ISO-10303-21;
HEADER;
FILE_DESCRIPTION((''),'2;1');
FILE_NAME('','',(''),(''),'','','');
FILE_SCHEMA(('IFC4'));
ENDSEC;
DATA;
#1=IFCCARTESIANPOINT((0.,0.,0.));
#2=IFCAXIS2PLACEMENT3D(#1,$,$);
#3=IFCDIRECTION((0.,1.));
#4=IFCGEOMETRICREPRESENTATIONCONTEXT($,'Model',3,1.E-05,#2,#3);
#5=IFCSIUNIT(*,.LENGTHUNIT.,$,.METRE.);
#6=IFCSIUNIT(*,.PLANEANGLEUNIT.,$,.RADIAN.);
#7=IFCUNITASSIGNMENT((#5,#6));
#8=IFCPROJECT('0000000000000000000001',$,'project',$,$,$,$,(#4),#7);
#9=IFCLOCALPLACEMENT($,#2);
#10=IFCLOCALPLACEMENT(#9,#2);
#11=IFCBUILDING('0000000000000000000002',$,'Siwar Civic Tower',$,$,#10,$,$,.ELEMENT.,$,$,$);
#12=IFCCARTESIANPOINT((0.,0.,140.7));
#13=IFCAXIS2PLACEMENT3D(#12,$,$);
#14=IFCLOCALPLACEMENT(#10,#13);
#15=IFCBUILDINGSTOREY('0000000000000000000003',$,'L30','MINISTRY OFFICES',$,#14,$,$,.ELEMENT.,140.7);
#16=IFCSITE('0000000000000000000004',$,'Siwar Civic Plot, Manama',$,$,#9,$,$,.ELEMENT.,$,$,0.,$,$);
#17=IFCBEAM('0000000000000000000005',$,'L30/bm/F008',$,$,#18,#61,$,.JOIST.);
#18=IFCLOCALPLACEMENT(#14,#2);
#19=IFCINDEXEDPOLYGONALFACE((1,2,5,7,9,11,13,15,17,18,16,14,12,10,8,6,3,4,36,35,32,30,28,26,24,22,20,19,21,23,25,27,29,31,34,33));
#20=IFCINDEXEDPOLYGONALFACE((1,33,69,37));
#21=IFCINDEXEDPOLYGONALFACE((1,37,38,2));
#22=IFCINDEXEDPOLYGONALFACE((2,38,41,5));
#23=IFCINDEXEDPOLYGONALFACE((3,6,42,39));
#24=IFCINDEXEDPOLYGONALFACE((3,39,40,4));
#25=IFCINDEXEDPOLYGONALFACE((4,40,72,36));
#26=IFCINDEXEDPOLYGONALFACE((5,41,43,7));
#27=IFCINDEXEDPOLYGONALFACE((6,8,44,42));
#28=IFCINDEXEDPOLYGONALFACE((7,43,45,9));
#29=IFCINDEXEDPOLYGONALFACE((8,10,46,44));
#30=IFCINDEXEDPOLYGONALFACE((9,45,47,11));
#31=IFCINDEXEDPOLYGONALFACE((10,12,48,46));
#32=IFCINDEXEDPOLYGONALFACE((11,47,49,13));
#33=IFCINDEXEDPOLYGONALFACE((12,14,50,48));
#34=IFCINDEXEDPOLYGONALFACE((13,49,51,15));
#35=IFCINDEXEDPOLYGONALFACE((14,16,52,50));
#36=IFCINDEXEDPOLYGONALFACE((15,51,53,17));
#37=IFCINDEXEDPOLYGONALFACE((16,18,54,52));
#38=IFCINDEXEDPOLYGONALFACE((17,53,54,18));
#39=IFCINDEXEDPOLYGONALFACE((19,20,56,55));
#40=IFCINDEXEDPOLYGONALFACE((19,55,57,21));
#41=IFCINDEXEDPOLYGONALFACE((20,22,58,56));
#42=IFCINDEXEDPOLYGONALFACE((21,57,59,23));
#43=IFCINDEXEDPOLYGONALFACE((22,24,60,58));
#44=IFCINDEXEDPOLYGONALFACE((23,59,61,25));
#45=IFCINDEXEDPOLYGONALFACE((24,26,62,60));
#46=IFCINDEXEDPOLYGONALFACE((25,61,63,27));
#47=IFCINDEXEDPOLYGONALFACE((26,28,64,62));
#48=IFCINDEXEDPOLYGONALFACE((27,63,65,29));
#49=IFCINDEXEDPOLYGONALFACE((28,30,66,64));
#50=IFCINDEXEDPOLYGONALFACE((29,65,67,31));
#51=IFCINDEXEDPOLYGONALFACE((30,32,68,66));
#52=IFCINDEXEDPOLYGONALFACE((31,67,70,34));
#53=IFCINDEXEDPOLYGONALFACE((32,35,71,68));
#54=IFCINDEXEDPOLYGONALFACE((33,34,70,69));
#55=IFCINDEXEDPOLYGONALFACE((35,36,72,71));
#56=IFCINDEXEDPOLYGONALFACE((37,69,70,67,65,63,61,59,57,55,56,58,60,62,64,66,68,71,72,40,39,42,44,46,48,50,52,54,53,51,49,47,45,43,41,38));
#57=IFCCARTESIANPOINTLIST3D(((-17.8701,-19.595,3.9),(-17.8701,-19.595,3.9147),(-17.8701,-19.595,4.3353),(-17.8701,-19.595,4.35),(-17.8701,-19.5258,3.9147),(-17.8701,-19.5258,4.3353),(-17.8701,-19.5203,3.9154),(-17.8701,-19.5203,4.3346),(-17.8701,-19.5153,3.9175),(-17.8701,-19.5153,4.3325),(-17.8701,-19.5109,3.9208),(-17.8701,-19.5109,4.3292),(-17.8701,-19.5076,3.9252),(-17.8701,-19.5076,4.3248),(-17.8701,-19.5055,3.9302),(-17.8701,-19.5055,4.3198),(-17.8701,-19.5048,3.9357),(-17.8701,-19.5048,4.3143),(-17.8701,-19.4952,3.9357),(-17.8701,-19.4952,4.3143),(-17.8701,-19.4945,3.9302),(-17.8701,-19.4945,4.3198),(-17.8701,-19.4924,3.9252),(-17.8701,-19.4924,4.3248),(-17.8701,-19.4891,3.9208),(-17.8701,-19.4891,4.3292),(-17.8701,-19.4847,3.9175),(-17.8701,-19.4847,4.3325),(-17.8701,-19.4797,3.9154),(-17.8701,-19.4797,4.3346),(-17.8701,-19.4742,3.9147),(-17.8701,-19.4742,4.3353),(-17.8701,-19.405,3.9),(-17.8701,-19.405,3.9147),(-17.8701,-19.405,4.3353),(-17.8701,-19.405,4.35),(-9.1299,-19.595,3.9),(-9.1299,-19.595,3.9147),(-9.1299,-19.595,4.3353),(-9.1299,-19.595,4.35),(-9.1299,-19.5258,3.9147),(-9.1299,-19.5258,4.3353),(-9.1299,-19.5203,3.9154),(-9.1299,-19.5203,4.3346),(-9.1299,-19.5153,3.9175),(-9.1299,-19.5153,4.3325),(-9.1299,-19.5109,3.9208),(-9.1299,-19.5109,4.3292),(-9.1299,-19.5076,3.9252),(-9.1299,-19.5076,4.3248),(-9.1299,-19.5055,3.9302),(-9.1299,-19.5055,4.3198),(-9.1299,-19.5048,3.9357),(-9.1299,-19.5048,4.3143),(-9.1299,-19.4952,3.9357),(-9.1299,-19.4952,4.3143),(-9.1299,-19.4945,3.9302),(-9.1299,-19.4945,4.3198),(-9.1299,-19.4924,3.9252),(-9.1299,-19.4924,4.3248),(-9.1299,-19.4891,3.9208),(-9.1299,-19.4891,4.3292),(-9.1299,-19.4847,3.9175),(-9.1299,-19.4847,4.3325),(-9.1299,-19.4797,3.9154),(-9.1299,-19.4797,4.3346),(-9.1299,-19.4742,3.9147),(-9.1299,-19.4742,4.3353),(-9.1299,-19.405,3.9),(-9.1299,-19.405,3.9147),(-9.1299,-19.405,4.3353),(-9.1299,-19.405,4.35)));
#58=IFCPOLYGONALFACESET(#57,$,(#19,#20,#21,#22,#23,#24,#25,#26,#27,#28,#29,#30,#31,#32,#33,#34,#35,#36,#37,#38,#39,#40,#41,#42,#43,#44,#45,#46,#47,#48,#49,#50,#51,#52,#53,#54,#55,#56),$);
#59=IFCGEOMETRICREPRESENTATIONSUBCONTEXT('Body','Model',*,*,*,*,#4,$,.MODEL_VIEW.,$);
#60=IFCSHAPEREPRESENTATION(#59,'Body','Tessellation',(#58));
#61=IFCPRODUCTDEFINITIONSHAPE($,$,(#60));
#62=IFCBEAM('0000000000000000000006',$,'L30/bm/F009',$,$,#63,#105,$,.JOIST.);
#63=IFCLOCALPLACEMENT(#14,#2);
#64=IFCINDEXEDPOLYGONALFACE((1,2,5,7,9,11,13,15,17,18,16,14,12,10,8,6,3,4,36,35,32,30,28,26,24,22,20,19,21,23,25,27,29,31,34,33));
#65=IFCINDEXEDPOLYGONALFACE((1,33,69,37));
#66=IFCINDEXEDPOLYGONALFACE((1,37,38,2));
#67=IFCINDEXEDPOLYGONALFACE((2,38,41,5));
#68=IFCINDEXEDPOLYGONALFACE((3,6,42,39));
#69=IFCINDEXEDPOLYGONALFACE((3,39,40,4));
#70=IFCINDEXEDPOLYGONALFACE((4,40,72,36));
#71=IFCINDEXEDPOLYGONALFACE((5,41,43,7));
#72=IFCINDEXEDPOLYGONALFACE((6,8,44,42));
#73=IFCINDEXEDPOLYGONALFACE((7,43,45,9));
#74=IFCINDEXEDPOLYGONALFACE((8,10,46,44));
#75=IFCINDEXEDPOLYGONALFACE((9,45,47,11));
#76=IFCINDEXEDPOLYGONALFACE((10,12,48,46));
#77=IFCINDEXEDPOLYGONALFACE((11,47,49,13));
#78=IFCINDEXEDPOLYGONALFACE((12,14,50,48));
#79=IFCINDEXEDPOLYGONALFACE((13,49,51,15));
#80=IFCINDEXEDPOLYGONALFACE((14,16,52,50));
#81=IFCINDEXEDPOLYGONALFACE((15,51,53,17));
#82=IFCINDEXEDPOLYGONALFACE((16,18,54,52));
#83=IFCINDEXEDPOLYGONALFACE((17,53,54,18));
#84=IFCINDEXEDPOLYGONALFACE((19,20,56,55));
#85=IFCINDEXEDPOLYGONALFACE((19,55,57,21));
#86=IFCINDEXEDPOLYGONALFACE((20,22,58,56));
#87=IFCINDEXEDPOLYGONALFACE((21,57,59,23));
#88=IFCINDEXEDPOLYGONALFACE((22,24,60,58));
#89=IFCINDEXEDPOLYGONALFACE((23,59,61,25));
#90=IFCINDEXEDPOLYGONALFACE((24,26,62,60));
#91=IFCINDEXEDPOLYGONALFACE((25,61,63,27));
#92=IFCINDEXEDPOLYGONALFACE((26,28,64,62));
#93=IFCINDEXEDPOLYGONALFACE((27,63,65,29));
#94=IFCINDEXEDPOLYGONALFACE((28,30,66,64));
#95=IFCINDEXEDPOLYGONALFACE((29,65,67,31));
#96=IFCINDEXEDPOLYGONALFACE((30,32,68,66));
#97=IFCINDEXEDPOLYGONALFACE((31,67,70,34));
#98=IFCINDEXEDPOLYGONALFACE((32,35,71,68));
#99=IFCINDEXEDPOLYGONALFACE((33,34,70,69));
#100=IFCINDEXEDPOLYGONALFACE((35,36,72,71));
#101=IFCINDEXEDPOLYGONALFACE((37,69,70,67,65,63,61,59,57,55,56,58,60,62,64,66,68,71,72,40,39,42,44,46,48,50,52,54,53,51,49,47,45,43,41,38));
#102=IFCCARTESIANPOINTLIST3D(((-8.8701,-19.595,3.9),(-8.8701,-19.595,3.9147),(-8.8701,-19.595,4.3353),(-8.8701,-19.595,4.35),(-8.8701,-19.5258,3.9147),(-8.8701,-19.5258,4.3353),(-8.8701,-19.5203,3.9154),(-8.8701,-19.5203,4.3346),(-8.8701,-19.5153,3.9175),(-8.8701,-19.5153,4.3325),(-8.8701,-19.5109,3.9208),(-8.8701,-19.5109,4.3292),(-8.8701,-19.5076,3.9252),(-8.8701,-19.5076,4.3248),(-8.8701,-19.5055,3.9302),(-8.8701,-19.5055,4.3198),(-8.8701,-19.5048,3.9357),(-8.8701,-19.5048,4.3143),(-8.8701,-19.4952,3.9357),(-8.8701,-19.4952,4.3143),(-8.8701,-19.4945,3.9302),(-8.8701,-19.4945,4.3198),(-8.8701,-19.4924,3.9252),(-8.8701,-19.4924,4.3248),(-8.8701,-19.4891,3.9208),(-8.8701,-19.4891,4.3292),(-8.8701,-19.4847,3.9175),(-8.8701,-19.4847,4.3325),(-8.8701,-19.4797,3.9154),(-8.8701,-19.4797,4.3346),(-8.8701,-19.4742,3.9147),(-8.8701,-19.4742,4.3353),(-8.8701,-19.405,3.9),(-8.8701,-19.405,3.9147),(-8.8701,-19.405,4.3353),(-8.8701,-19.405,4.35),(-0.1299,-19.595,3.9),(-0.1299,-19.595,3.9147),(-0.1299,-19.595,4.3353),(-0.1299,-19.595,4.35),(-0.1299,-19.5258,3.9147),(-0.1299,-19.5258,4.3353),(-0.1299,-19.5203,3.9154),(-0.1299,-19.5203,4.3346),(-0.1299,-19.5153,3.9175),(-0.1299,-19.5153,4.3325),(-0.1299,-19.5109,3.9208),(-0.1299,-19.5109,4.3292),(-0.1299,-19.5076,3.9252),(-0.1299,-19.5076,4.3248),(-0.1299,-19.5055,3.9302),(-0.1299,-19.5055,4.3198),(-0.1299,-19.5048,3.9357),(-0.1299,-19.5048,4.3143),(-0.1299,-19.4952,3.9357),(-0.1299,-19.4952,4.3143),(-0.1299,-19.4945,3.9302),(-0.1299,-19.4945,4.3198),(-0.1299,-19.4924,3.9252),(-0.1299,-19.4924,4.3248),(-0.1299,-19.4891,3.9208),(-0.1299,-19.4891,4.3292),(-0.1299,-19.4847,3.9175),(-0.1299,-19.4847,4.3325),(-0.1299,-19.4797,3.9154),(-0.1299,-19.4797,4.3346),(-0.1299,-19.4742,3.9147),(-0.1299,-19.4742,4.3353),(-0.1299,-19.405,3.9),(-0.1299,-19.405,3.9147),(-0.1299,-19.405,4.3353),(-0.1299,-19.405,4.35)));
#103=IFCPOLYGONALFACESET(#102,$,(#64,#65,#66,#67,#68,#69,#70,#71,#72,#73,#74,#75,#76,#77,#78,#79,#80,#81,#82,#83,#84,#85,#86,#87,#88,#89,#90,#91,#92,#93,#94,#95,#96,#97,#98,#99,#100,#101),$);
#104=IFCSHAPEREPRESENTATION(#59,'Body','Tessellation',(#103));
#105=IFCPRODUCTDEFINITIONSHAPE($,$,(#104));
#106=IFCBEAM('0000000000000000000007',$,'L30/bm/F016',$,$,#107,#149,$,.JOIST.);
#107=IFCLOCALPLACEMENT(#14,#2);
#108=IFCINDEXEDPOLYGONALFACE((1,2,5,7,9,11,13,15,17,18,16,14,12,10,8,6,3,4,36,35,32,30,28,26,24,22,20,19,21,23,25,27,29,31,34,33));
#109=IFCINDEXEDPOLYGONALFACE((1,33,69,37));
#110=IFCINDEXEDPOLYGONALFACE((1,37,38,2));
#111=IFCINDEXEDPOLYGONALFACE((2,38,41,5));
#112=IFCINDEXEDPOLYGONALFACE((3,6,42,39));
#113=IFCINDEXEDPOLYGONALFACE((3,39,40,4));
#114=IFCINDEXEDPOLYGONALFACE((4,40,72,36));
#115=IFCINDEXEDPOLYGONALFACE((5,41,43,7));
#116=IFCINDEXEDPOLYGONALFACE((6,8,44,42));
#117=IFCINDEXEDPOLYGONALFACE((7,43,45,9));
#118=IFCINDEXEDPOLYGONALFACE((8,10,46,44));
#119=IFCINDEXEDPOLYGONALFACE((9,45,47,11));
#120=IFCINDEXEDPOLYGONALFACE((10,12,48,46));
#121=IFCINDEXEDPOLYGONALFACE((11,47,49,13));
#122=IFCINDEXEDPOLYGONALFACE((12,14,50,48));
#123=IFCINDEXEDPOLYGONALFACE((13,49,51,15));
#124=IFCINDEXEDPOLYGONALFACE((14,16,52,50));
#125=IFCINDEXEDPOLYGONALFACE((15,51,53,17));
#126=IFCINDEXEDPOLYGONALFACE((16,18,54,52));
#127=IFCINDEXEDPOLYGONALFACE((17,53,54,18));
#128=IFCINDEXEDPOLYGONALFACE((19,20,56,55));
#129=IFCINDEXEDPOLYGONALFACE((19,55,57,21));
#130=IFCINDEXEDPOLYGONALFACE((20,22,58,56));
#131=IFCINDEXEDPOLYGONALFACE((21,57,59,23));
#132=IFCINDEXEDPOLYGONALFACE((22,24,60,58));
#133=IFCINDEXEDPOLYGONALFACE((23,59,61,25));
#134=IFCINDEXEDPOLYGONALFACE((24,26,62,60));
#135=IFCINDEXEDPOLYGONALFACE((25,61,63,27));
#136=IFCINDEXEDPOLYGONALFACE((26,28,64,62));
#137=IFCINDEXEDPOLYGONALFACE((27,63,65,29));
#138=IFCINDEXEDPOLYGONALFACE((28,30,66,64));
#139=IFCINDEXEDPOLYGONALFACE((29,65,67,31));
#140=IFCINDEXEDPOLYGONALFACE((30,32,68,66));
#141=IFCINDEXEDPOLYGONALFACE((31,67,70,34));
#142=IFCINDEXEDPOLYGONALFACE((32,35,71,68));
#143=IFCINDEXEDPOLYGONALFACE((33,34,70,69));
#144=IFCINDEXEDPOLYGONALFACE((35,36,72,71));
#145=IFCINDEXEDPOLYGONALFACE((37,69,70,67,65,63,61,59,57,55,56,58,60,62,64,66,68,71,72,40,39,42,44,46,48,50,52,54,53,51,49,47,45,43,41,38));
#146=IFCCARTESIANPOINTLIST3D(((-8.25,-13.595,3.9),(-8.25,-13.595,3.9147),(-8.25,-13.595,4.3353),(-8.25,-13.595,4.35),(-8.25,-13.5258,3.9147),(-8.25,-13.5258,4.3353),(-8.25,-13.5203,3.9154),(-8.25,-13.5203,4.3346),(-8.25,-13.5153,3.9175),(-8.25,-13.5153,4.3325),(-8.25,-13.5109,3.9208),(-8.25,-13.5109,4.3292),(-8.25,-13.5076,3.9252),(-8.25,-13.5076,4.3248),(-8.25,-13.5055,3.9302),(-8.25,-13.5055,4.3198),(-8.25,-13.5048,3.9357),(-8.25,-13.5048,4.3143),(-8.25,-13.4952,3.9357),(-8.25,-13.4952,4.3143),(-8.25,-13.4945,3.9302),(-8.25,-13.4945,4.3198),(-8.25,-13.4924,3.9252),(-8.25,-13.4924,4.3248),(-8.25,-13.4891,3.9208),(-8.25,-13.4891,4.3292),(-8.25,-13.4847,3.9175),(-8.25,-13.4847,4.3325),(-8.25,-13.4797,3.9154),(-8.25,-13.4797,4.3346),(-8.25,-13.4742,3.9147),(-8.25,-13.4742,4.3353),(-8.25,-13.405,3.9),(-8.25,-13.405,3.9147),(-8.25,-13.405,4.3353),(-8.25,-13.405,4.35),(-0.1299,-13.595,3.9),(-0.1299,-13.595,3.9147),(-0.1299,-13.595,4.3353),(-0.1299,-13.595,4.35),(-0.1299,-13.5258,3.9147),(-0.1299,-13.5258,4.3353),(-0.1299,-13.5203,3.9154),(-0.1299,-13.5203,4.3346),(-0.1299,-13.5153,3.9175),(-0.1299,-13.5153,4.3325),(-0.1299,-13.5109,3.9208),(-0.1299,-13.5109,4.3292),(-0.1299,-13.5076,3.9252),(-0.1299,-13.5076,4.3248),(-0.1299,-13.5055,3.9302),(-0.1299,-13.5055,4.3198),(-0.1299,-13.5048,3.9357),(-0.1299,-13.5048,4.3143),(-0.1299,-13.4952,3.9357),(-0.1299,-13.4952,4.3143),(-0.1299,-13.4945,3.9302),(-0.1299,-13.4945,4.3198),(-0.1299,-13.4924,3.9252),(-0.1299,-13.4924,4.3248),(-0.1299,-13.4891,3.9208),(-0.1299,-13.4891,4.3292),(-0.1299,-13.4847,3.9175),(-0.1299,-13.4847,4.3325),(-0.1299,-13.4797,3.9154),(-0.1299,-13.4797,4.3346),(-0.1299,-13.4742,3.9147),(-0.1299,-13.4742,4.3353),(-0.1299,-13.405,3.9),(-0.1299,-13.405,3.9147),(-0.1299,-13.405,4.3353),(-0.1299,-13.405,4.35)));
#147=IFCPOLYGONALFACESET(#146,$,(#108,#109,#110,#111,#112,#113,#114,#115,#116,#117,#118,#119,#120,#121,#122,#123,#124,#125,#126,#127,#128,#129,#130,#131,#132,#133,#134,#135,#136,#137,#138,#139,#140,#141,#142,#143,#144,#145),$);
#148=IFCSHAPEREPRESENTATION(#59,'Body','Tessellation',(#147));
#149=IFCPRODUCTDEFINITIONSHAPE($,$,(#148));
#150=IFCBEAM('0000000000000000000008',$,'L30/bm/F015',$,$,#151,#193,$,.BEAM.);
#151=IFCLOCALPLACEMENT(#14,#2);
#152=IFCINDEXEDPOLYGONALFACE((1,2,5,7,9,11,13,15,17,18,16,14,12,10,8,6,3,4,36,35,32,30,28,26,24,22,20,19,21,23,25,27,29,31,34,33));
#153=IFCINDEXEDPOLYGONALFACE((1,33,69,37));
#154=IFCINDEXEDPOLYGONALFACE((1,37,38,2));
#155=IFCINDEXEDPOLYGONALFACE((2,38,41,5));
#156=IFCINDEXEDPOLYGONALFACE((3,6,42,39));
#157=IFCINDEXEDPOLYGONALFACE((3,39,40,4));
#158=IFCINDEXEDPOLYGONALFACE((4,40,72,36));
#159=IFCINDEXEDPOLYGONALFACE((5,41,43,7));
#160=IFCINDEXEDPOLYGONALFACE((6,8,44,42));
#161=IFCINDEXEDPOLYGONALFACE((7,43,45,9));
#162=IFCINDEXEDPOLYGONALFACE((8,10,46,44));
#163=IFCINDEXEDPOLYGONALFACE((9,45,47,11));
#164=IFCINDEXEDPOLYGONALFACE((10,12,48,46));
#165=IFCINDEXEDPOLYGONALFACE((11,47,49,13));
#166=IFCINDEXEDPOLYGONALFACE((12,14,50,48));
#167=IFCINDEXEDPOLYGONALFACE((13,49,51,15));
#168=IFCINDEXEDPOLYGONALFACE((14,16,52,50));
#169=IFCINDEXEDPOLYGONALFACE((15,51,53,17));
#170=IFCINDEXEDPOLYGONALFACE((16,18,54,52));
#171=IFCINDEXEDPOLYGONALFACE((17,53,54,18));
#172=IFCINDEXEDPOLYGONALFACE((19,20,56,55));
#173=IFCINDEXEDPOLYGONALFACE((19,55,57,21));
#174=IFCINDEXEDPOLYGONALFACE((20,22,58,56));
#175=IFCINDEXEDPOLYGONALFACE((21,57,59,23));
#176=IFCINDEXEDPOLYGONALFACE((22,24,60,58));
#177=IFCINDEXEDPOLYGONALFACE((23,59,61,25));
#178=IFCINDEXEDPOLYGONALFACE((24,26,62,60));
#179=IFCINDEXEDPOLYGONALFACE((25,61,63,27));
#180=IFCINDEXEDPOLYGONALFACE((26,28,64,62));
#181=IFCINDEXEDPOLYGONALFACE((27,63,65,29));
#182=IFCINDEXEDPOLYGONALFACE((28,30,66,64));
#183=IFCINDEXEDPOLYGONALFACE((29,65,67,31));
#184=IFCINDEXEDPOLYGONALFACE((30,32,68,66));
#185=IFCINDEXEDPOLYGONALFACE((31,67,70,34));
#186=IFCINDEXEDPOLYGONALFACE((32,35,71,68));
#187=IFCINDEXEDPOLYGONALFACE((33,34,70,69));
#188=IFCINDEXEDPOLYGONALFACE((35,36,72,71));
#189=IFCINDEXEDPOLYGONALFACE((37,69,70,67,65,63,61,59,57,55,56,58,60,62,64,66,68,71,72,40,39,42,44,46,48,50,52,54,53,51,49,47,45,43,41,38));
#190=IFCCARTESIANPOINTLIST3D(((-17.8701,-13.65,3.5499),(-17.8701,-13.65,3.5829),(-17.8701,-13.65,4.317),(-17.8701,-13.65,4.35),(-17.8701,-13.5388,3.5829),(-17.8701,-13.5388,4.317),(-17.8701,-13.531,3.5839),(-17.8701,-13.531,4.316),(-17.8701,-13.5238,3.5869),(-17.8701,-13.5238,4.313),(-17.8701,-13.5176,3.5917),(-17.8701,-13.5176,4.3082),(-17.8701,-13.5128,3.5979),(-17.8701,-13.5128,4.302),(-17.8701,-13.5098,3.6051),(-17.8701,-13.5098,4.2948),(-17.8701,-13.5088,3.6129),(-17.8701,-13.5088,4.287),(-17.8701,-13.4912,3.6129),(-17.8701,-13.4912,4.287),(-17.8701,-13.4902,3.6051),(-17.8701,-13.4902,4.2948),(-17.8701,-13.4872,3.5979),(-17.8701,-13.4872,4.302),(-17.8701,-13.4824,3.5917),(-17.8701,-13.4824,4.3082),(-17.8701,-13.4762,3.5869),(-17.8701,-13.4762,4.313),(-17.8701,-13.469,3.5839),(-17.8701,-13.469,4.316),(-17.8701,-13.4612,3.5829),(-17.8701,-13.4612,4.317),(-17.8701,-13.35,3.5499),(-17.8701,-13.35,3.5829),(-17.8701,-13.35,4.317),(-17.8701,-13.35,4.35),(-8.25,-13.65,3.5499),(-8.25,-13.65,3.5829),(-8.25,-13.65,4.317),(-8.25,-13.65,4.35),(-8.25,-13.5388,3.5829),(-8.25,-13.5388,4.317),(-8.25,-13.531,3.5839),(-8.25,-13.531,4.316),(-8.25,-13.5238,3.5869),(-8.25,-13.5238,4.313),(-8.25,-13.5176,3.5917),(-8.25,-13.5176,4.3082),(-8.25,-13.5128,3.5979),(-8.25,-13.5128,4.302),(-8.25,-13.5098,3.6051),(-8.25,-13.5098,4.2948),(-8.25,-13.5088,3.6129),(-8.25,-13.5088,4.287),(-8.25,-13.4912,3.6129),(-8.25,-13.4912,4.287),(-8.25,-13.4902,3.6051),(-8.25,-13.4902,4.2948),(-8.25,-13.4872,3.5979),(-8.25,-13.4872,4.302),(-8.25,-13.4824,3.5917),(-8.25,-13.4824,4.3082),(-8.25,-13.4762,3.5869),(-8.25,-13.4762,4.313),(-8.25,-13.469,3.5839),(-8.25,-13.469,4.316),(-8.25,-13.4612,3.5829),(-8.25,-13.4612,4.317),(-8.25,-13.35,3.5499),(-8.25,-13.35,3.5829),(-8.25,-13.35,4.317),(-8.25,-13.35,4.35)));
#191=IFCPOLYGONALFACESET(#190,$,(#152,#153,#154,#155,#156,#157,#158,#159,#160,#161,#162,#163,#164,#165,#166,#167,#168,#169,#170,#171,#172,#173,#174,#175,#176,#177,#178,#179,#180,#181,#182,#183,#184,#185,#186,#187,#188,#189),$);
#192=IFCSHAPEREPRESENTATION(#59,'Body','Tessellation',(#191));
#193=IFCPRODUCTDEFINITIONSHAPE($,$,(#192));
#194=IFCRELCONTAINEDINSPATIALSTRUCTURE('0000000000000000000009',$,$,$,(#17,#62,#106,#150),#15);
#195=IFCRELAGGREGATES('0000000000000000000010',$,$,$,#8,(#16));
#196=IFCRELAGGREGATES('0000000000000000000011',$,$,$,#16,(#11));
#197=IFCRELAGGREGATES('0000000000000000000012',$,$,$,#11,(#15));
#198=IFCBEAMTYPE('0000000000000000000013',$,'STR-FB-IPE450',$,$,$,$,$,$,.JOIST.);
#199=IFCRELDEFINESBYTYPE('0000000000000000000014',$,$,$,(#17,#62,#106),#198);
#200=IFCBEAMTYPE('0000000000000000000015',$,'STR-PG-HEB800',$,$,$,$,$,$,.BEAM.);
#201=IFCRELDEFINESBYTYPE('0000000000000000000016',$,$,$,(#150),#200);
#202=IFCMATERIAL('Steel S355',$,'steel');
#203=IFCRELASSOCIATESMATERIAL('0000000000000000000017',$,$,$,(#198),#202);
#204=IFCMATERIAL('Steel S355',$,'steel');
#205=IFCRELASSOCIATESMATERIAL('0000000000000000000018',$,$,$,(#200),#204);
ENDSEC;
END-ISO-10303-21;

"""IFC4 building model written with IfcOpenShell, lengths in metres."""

from ifc_helpers import new_model, si_unit, direction, frame, origin, origin_2d, place, context, subcontext, project, spatial, i_section, extrude, material, material_profile, profile_set, type_object, element, save


model = new_model("IFC4")

# Units and contexts
model_context = context("Model", 3, precision=1e-05, world=origin(), true_north=direction((0.0, 1.0)))
body_context = subcontext(model_context, "Body", "Model", "MODEL_VIEW")
ifc_project = project(units=[si_unit("LENGTHUNIT", "METRE"), si_unit("PLANEANGLEUNIT", "RADIAN")], contexts=[model_context])

# Site, building, storey
site_placement = place(None, origin())
site = spatial("IfcSite", under=ifc_project, at=site_placement, Name="Siwar Civic Plot, Manama", CompositionType="ELEMENT", RefElevation=0.0)
building_placement = place(site_placement, origin())
building = spatial("IfcBuilding", under=site, at=building_placement, Name="Siwar Civic Tower", CompositionType="ELEMENT")
storey_placement = place(building_placement, frame((0.0, 0.0, 140.7)))
storey = spatial("IfcBuildingStorey", under=building, at=storey_placement, Name="L30", Description="MINISTRY OFFICES", CompositionType="ELEMENT", Elevation=140.7)

# Beams
ifc_material_1 = material(Name="Steel S355", Category="steel")
ifc_material_profile_1 = material_profile(ifc_material_1, i_section(OverallWidth=0.1899, OverallDepth=0.45, WebThickness=0.0095, FlangeThickness=0.0146, FilletRadius=0.021, at=origin_2d()), Name="IPE450")
ifc_profile_set_1 = profile_set([ifc_material_profile_1], Name="Steel S355")
beam_type_1 = type_object("IfcBeamType", Name="STR-FB-IPE450", PredefinedType="JOIST", material=ifc_profile_set_1)
for number, where, z_axis, x_axis, name in (
    (1, (-17.8701, -19.5, 4.125), (1.0, 0.0, 0.0), (0.0, 1.0, 0.0), "L30/bm/F008"),
    (2, (-8.8701, -19.5, 4.125), (1.0, 0.0, 0.0), (0.0, 1.0, 0.0), "L30/bm/F009"),
):
    element("IfcBeam", number, at=place(storey_placement, frame(where, z_axis=z_axis, x_axis=x_axis)), inside=storey, type_object=beam_type_1, Name=name, PredefinedType="JOIST", context=body_context, shape_type="SweptSolid", body=[
        extrude(i_section(OverallWidth=0.1899, OverallDepth=0.45, WebThickness=0.0095, FlangeThickness=0.0146, FilletRadius=0.021, at=origin_2d()), origin(), (0.0, 0.0, 1.0), 8.7402),
    ])
beam_1_placement = place(storey_placement, frame((-8.25, -13.5, 4.125), z_axis=(1.0, 0.0, 0.0), x_axis=(0.0, 1.0, 0.0)))
element("IfcBeam", 3, at=beam_1_placement, inside=storey, type_object=beam_type_1, Name="L30/bm/F016", PredefinedType="JOIST", context=body_context, shape_type="SweptSolid", body=[
    extrude(i_section(OverallWidth=0.1899, OverallDepth=0.45, WebThickness=0.0095, FlangeThickness=0.0146, FilletRadius=0.021, at=origin_2d()), origin(), (0.0, 0.0, 1.0), 8.1201),
])
ifc_material_2 = material(Name="Steel S355", Category="steel")
ifc_material_profile_2 = material_profile(ifc_material_2, i_section(OverallWidth=0.3, OverallDepth=0.8, WebThickness=0.0176, FlangeThickness=0.033, FilletRadius=0.03, at=origin_2d()), Name="HEB800")
ifc_profile_set_2 = profile_set([ifc_material_profile_2], Name="Steel S355")
beam_type_2 = type_object("IfcBeamType", Name="STR-PG-HEB800", PredefinedType="BEAM", material=ifc_profile_set_2)
beam_2_placement = place(storey_placement, frame((-17.8701, -13.5, 3.95), z_axis=(1.0, 0.0, 0.0), x_axis=(0.0, 1.0, 0.0)))
element("IfcBeam", 4, at=beam_2_placement, inside=storey, type_object=beam_type_2, Name="L30/bm/F015", PredefinedType="BEAM", context=body_context, shape_type="SweptSolid", body=[
    extrude(i_section(OverallWidth=0.3, OverallDepth=0.8, WebThickness=0.0176, FlangeThickness=0.033, FilletRadius=0.03, at=origin_2d()), origin(), (0.0, 0.0, 1.0), 9.6201),
])

save(model, "model.ifc")
